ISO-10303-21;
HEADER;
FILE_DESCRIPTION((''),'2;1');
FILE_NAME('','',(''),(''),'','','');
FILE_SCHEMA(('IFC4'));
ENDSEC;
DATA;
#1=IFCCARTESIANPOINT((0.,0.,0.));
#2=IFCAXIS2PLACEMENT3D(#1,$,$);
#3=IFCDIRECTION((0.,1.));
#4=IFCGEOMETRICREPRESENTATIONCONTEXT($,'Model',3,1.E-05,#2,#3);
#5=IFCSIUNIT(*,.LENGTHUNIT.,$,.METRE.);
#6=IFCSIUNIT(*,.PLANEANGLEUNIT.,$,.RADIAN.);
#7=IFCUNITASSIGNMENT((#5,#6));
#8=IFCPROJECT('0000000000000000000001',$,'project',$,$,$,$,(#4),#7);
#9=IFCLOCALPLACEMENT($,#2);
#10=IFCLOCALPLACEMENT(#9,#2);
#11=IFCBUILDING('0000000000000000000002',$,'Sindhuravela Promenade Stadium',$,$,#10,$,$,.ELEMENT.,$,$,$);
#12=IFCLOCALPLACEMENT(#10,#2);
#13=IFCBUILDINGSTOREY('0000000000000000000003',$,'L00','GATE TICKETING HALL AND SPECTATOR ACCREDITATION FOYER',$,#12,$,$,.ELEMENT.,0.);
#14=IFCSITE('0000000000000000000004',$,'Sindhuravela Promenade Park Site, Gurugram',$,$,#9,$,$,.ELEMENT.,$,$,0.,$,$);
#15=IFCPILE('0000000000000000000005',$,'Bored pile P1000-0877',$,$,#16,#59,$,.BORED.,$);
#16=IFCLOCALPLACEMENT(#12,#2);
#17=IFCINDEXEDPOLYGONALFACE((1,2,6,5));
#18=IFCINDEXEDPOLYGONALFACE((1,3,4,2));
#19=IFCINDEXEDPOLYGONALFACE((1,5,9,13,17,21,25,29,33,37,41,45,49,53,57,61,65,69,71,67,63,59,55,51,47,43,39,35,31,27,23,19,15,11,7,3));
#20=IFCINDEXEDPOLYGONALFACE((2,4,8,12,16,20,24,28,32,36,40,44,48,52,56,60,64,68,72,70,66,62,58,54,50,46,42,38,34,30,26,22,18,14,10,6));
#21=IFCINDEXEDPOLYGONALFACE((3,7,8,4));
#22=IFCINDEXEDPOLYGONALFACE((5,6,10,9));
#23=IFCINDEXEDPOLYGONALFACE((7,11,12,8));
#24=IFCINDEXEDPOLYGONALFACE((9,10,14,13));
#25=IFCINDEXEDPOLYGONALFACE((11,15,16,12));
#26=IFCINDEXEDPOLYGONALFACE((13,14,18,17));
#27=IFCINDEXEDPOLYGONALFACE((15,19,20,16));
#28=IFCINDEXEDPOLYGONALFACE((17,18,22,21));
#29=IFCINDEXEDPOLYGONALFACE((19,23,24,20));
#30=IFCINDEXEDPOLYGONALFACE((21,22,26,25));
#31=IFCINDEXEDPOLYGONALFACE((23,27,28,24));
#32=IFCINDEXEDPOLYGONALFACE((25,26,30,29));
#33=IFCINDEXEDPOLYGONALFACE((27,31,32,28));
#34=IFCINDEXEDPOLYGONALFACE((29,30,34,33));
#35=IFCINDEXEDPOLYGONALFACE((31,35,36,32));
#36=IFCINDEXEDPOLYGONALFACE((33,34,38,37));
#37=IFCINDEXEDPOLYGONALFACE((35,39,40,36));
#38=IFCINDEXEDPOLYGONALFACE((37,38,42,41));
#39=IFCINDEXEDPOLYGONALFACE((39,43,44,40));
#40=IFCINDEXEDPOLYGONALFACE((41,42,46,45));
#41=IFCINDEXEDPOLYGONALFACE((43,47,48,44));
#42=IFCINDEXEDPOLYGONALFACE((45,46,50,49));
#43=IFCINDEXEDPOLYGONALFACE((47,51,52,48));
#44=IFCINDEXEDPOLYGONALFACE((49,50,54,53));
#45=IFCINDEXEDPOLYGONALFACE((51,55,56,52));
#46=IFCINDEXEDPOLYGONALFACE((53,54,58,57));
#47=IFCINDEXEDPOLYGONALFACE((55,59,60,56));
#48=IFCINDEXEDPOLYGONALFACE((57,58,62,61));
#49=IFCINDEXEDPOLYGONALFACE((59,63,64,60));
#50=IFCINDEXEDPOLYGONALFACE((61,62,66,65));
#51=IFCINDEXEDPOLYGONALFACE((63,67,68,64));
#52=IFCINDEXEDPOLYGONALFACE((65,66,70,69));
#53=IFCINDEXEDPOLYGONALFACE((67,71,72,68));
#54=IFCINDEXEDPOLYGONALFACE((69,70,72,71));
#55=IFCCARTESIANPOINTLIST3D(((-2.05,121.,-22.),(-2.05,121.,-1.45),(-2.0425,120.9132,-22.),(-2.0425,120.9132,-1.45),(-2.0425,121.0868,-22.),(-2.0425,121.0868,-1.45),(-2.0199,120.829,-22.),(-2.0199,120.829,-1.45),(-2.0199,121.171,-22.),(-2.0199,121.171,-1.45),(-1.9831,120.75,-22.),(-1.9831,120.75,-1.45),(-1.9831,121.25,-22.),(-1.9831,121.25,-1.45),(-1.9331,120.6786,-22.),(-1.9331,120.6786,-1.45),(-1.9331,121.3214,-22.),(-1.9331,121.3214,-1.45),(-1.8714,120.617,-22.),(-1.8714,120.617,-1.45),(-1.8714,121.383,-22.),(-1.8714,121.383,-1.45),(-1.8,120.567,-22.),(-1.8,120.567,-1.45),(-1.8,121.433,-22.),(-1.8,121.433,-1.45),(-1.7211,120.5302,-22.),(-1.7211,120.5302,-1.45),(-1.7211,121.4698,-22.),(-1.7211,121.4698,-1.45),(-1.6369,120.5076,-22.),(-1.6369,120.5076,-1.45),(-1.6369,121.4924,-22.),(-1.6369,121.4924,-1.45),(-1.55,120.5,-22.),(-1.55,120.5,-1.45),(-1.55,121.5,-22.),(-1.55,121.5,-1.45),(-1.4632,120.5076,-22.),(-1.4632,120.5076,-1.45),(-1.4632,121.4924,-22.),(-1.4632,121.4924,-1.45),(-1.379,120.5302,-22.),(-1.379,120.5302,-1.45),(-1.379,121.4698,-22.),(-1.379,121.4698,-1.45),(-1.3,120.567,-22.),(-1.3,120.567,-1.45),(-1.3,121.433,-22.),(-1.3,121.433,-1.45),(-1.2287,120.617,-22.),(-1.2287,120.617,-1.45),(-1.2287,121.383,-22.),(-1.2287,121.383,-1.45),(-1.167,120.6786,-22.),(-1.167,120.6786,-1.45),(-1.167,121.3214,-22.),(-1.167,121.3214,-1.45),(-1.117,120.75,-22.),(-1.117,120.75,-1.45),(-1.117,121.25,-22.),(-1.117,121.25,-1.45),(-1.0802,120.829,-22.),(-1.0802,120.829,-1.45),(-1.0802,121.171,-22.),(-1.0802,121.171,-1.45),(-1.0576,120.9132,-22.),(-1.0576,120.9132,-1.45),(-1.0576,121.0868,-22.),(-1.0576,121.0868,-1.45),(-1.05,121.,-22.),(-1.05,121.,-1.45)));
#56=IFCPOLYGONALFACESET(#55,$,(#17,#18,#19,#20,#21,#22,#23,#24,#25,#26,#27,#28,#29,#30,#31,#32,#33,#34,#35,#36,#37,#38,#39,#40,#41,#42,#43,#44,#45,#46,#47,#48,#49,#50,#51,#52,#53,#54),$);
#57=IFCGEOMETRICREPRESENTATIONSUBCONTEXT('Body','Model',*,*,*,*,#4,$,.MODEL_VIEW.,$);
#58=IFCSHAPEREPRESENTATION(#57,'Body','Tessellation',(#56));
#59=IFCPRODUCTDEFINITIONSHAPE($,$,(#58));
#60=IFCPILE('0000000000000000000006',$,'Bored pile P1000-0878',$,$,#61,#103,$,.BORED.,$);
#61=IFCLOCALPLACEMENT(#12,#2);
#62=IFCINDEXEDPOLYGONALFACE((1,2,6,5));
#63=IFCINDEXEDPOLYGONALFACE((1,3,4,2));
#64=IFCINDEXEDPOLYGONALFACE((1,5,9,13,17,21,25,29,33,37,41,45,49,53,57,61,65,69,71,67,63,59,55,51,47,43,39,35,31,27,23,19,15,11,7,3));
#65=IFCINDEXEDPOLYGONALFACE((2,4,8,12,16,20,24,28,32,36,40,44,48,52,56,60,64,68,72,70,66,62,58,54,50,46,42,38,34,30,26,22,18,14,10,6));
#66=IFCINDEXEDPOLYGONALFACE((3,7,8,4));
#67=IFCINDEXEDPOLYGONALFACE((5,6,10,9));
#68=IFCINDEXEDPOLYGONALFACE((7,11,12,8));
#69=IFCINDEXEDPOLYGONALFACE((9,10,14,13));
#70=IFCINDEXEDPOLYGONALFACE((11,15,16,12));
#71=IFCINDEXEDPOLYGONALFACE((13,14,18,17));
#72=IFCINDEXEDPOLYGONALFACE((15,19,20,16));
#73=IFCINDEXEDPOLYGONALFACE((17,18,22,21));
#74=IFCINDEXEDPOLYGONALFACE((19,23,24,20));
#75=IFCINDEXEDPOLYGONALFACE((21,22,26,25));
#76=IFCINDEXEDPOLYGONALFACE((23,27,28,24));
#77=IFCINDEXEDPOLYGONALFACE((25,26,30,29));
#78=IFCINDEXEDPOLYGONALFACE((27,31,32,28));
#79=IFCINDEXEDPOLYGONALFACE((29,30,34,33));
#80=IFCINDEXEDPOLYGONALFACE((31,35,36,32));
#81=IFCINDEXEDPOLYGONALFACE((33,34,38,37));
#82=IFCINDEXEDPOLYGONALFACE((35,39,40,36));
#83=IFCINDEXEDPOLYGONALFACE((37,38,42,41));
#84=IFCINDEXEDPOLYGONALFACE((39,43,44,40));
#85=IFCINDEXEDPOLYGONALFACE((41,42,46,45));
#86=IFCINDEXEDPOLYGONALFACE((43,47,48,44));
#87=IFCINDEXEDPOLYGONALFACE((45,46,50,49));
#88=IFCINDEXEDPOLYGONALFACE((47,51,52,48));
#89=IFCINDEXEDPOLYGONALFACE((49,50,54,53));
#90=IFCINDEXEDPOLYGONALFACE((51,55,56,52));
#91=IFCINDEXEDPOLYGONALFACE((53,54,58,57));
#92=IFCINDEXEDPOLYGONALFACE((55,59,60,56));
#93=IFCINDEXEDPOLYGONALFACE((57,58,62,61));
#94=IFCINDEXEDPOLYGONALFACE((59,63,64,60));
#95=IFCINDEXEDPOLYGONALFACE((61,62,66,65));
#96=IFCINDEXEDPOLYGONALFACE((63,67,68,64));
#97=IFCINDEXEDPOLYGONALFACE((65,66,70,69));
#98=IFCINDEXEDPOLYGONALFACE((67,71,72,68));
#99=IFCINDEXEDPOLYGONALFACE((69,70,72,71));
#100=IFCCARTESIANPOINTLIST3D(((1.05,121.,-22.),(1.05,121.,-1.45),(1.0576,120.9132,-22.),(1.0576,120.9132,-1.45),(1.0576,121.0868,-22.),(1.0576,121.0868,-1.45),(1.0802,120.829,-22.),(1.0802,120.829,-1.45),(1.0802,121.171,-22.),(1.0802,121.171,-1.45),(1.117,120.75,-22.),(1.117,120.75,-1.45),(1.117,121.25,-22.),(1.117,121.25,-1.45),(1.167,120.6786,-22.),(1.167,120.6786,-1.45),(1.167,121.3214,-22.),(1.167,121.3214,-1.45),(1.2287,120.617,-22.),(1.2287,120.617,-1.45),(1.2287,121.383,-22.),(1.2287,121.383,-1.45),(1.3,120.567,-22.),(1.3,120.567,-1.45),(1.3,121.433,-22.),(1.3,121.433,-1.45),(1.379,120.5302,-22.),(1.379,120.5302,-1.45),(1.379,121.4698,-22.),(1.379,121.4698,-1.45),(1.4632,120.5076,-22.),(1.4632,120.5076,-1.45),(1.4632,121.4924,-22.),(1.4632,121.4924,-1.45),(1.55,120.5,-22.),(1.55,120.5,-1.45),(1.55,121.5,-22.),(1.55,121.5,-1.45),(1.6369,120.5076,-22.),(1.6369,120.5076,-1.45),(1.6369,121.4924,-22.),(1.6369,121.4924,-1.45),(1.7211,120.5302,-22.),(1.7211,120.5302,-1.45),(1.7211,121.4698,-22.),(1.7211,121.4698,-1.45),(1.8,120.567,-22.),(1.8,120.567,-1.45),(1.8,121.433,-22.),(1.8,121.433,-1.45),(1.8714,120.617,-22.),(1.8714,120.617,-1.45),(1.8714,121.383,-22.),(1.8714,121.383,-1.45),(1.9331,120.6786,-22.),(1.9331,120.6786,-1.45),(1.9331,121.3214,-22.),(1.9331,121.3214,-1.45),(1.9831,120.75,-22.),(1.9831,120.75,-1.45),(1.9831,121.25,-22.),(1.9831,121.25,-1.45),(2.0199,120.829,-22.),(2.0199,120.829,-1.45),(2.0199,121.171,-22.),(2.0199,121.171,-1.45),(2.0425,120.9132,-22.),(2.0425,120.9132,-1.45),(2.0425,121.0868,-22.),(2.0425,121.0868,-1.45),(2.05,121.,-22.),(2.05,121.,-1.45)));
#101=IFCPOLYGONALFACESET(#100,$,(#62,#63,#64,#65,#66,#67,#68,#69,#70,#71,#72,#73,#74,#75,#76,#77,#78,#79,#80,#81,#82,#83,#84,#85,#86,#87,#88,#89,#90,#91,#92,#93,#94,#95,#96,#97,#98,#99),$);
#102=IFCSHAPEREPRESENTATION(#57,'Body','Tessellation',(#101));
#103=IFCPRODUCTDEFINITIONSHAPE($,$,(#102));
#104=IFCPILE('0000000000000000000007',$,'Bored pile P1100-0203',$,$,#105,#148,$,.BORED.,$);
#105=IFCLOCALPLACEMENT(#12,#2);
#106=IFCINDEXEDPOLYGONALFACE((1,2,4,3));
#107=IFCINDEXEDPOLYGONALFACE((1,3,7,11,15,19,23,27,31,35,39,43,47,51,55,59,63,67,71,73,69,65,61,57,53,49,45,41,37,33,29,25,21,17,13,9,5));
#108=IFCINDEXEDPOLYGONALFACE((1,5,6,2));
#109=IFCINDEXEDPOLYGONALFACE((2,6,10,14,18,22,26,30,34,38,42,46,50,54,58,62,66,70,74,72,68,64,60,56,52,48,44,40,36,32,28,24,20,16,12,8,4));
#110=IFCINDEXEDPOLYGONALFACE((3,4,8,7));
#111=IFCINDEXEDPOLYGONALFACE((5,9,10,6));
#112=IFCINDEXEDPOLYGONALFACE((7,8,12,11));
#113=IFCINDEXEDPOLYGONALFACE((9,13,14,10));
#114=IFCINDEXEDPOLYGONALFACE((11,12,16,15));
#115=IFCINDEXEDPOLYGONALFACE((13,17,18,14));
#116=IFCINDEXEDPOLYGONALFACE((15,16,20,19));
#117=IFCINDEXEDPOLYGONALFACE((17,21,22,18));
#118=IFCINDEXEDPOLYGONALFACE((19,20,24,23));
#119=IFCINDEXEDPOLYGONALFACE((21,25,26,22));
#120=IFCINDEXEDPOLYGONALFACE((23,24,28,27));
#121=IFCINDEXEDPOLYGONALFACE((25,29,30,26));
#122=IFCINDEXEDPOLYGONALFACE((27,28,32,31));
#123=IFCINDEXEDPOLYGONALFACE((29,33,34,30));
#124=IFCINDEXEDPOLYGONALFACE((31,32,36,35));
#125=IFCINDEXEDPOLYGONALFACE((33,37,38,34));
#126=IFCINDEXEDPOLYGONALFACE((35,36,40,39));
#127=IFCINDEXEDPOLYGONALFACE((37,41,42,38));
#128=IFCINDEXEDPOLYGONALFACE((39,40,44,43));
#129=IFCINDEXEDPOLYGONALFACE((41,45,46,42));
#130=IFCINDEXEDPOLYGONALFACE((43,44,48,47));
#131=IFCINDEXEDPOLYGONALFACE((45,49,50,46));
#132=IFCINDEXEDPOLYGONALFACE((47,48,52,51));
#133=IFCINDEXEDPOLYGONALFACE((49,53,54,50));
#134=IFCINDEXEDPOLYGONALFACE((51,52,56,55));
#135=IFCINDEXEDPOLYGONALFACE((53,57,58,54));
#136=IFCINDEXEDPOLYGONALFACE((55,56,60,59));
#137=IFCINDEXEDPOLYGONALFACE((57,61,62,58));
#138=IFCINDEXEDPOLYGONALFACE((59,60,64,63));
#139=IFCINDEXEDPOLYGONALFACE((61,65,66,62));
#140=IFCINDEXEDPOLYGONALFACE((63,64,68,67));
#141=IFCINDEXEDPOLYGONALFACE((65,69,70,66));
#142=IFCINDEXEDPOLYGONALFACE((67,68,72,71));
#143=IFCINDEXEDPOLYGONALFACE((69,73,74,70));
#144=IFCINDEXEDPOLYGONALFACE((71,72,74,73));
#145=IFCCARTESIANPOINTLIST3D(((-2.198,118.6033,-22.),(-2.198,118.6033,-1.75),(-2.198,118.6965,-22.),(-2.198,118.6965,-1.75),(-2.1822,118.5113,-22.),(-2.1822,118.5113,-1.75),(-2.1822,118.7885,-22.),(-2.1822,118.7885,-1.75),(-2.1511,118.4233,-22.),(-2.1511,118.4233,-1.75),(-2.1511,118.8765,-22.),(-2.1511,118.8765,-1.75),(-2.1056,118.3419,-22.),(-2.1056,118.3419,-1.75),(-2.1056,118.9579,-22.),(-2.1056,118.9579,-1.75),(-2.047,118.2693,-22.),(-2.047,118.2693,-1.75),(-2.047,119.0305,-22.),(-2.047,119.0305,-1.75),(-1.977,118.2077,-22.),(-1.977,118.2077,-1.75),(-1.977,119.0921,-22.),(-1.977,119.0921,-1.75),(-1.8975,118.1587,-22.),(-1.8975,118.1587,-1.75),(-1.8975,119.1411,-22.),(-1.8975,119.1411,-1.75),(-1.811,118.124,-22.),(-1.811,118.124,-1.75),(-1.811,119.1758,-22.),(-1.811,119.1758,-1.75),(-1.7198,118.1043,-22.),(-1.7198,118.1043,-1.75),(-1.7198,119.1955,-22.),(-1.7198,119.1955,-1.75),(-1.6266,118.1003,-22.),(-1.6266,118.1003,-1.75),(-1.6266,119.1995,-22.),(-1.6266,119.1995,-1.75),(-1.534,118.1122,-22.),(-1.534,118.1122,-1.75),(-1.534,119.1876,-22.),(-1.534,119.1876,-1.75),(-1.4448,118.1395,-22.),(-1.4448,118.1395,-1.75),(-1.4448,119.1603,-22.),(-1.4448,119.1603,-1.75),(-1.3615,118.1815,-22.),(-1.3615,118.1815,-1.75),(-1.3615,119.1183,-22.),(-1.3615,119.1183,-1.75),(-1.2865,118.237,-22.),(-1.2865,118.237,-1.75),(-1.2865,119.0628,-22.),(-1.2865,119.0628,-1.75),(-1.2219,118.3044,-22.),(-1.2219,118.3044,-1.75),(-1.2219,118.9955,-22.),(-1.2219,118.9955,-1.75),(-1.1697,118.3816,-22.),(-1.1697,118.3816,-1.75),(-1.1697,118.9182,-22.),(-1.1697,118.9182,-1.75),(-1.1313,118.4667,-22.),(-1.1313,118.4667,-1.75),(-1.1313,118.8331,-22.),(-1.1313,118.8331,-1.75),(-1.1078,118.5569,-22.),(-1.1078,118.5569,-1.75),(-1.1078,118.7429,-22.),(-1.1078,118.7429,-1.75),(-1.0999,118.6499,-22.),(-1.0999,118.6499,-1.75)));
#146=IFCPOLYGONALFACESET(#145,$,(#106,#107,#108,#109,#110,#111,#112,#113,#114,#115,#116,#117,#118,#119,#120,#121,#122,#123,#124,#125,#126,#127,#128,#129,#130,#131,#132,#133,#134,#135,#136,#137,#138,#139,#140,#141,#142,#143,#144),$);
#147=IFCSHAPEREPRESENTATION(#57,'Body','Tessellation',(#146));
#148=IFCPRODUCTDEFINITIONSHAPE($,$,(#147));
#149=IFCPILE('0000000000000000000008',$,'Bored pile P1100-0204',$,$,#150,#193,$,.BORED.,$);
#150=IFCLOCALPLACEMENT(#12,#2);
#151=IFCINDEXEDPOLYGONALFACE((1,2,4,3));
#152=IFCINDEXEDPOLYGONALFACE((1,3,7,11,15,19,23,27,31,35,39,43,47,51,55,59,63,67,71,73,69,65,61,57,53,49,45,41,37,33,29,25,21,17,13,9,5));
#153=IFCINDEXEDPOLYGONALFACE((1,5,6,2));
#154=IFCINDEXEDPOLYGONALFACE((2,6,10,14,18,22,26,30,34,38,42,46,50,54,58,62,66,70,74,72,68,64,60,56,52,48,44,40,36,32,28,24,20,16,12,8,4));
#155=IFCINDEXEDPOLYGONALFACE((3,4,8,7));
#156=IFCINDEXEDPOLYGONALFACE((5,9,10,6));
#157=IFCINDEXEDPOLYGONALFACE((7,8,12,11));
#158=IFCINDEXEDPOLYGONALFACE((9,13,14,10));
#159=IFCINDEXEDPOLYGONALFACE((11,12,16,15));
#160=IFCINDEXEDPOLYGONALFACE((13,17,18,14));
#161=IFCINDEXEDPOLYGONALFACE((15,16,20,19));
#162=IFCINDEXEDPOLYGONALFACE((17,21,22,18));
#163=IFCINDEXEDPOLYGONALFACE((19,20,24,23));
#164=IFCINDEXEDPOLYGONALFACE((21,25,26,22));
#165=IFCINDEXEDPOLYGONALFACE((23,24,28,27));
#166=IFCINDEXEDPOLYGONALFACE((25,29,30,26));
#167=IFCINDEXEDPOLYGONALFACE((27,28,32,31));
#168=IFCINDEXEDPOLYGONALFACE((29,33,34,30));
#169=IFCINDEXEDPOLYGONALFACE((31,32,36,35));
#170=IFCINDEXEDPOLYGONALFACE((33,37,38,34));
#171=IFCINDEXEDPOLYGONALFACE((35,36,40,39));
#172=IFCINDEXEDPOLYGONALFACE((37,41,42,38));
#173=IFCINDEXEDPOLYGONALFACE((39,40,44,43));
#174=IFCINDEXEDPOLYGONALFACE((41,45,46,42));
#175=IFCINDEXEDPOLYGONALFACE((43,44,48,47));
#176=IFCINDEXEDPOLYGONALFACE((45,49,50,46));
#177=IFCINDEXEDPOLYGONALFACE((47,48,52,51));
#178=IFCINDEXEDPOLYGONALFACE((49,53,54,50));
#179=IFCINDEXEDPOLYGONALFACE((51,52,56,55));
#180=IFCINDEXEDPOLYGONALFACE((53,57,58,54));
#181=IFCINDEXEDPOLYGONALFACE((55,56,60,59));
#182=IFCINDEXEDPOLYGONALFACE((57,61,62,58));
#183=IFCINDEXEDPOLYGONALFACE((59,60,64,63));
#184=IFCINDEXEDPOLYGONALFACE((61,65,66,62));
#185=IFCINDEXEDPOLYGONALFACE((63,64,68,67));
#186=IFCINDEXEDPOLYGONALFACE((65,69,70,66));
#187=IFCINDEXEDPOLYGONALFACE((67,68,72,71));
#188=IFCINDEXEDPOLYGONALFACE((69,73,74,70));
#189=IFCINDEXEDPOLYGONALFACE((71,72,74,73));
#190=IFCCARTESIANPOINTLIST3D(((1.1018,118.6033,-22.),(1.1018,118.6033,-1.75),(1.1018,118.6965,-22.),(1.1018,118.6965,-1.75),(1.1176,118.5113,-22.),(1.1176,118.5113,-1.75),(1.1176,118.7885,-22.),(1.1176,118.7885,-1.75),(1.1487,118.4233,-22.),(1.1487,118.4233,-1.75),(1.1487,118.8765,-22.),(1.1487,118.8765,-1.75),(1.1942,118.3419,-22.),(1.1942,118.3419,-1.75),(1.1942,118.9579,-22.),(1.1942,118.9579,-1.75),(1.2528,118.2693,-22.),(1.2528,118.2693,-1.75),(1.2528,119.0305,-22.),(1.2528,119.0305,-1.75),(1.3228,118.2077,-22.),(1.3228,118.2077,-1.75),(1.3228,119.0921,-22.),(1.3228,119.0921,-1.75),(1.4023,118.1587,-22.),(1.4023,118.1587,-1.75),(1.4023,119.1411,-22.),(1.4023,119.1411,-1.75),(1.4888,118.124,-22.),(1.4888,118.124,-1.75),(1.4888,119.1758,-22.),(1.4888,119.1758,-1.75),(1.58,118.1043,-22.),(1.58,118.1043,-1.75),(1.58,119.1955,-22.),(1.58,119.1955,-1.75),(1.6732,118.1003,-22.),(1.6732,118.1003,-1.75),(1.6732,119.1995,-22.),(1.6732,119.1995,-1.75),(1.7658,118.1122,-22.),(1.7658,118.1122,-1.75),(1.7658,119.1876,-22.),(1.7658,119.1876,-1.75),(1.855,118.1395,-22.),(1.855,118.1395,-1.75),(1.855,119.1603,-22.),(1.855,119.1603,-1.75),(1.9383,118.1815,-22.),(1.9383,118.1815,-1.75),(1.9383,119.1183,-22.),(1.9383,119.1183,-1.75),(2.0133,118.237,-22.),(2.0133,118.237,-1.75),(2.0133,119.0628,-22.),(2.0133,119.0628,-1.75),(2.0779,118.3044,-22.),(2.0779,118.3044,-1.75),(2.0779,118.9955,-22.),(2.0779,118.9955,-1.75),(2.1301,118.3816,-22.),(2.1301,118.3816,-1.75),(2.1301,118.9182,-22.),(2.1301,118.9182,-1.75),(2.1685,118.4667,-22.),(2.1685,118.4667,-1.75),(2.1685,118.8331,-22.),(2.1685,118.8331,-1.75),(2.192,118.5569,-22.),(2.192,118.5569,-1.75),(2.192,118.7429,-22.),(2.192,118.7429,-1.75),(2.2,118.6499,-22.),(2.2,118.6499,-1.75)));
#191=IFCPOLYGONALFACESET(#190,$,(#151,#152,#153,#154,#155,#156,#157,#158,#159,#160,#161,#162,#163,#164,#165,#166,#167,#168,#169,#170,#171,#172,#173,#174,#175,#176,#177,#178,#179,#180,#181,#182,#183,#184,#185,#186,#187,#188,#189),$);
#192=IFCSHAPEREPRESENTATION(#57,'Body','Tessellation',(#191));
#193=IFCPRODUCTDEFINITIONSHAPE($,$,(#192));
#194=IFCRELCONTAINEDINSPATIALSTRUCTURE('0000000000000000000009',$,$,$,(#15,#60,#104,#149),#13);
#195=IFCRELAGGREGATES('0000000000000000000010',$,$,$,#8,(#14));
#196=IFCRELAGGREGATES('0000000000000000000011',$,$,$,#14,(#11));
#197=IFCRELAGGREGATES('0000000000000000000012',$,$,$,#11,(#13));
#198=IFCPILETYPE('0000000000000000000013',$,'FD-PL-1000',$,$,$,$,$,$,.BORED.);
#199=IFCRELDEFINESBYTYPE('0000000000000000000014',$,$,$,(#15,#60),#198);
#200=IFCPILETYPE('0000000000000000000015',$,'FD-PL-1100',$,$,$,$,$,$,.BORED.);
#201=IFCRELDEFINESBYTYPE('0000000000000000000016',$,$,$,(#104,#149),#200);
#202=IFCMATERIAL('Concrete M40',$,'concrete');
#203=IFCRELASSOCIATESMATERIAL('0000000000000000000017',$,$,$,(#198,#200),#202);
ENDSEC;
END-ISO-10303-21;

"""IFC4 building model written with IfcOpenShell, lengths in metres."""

from ifc_helpers import new_model, si_unit, direction, frame, origin, origin_2d, place, context, subcontext, project, spatial, circle, extrude, material, material_profile, profile_set, type_object, element, save


model = new_model("IFC4")

# Units and contexts
model_context = context("Model", 3, precision=1e-05, world=origin(), true_north=direction((0.0, 1.0)))
body_context = subcontext(model_context, "Body", "Model", "MODEL_VIEW")
ifc_project = project(units=[si_unit("LENGTHUNIT", "METRE"), si_unit("PLANEANGLEUNIT", "RADIAN")], contexts=[model_context])

# Site, building, storey
site_placement = place(None, origin())
site = spatial("IfcSite", under=ifc_project, at=site_placement, Name="Sindhuravela Promenade Park Site, Gurugram", CompositionType="ELEMENT", RefElevation=0.0)
building_placement = place(site_placement, origin())
building = spatial("IfcBuilding", under=site, at=building_placement, Name="Sindhuravela Promenade Stadium", CompositionType="ELEMENT")
storey_placement = place(building_placement, origin())
storey = spatial("IfcBuildingStorey", under=building, at=storey_placement, Name="L00", Description="GATE TICKETING HALL AND SPECTATOR ACCREDITATION FOYER", CompositionType="ELEMENT", Elevation=0.0)

# Piles
ifc_material_1 = material(Name="Concrete M40", Category="concrete")
ifc_material_profile_1 = material_profile(ifc_material_1, circle(Radius=0.5, at=origin_2d()), Name="BORED PILE D1000")
ifc_profile_set_1 = profile_set([ifc_material_profile_1], Name="Concrete M40")
pile_type_1 = type_object("IfcPileType", Name="FD-PL-1000", PredefinedType="BORED", material=ifc_profile_set_1)
for number, where, z_axis, x_axis, name in (
    (1, (-1.55, 121.0, -1.45), (0.0, 0.0, -1.0), (1.0, 0.0, 0.0), "Bored pile P1000-0877"),
    (2, (1.55, 121.0, -1.45), (0.0, 0.0, -1.0), (1.0, 0.0, 0.0), "Bored pile P1000-0878"),
):
    element("IfcPile", number, at=place(storey_placement, frame(where, z_axis=z_axis, x_axis=x_axis)), inside=storey, type_object=pile_type_1, Name=name, PredefinedType="BORED", context=body_context, shape_type="SweptSolid", body=[
        extrude(circle(Radius=0.5, at=origin_2d()), origin(), (0.0, 0.0, 1.0), 20.55),
    ])
ifc_material_profile_2 = material_profile(ifc_material_1, circle(Radius=0.55, at=origin_2d()), Name="BORED PILE D1100")
ifc_profile_set_2 = profile_set([ifc_material_profile_2], Name="Concrete M40")
pile_type_2 = type_object("IfcPileType", Name="FD-PL-1100", PredefinedType="BORED", material=ifc_profile_set_2)
for number, where, z_axis, x_axis, name in (
    (3, (-1.6499, 118.6499, -1.75), (0.0, 0.0, -1.0), (1.0, 0.0, 0.0), "Bored pile P1100-0203"),
    (4, (1.6499, 118.6499, -1.75), (0.0, 0.0, -1.0), (1.0, 0.0, 0.0), "Bored pile P1100-0204"),
):
    element("IfcPile", number, at=place(storey_placement, frame(where, z_axis=z_axis, x_axis=x_axis)), inside=storey, type_object=pile_type_2, Name=name, PredefinedType="BORED", context=body_context, shape_type="SweptSolid", body=[
        extrude(circle(Radius=0.55, at=origin_2d()), origin(), (0.0, 0.0, 1.0), 20.25),
    ])

save(model, "model.ifc")
